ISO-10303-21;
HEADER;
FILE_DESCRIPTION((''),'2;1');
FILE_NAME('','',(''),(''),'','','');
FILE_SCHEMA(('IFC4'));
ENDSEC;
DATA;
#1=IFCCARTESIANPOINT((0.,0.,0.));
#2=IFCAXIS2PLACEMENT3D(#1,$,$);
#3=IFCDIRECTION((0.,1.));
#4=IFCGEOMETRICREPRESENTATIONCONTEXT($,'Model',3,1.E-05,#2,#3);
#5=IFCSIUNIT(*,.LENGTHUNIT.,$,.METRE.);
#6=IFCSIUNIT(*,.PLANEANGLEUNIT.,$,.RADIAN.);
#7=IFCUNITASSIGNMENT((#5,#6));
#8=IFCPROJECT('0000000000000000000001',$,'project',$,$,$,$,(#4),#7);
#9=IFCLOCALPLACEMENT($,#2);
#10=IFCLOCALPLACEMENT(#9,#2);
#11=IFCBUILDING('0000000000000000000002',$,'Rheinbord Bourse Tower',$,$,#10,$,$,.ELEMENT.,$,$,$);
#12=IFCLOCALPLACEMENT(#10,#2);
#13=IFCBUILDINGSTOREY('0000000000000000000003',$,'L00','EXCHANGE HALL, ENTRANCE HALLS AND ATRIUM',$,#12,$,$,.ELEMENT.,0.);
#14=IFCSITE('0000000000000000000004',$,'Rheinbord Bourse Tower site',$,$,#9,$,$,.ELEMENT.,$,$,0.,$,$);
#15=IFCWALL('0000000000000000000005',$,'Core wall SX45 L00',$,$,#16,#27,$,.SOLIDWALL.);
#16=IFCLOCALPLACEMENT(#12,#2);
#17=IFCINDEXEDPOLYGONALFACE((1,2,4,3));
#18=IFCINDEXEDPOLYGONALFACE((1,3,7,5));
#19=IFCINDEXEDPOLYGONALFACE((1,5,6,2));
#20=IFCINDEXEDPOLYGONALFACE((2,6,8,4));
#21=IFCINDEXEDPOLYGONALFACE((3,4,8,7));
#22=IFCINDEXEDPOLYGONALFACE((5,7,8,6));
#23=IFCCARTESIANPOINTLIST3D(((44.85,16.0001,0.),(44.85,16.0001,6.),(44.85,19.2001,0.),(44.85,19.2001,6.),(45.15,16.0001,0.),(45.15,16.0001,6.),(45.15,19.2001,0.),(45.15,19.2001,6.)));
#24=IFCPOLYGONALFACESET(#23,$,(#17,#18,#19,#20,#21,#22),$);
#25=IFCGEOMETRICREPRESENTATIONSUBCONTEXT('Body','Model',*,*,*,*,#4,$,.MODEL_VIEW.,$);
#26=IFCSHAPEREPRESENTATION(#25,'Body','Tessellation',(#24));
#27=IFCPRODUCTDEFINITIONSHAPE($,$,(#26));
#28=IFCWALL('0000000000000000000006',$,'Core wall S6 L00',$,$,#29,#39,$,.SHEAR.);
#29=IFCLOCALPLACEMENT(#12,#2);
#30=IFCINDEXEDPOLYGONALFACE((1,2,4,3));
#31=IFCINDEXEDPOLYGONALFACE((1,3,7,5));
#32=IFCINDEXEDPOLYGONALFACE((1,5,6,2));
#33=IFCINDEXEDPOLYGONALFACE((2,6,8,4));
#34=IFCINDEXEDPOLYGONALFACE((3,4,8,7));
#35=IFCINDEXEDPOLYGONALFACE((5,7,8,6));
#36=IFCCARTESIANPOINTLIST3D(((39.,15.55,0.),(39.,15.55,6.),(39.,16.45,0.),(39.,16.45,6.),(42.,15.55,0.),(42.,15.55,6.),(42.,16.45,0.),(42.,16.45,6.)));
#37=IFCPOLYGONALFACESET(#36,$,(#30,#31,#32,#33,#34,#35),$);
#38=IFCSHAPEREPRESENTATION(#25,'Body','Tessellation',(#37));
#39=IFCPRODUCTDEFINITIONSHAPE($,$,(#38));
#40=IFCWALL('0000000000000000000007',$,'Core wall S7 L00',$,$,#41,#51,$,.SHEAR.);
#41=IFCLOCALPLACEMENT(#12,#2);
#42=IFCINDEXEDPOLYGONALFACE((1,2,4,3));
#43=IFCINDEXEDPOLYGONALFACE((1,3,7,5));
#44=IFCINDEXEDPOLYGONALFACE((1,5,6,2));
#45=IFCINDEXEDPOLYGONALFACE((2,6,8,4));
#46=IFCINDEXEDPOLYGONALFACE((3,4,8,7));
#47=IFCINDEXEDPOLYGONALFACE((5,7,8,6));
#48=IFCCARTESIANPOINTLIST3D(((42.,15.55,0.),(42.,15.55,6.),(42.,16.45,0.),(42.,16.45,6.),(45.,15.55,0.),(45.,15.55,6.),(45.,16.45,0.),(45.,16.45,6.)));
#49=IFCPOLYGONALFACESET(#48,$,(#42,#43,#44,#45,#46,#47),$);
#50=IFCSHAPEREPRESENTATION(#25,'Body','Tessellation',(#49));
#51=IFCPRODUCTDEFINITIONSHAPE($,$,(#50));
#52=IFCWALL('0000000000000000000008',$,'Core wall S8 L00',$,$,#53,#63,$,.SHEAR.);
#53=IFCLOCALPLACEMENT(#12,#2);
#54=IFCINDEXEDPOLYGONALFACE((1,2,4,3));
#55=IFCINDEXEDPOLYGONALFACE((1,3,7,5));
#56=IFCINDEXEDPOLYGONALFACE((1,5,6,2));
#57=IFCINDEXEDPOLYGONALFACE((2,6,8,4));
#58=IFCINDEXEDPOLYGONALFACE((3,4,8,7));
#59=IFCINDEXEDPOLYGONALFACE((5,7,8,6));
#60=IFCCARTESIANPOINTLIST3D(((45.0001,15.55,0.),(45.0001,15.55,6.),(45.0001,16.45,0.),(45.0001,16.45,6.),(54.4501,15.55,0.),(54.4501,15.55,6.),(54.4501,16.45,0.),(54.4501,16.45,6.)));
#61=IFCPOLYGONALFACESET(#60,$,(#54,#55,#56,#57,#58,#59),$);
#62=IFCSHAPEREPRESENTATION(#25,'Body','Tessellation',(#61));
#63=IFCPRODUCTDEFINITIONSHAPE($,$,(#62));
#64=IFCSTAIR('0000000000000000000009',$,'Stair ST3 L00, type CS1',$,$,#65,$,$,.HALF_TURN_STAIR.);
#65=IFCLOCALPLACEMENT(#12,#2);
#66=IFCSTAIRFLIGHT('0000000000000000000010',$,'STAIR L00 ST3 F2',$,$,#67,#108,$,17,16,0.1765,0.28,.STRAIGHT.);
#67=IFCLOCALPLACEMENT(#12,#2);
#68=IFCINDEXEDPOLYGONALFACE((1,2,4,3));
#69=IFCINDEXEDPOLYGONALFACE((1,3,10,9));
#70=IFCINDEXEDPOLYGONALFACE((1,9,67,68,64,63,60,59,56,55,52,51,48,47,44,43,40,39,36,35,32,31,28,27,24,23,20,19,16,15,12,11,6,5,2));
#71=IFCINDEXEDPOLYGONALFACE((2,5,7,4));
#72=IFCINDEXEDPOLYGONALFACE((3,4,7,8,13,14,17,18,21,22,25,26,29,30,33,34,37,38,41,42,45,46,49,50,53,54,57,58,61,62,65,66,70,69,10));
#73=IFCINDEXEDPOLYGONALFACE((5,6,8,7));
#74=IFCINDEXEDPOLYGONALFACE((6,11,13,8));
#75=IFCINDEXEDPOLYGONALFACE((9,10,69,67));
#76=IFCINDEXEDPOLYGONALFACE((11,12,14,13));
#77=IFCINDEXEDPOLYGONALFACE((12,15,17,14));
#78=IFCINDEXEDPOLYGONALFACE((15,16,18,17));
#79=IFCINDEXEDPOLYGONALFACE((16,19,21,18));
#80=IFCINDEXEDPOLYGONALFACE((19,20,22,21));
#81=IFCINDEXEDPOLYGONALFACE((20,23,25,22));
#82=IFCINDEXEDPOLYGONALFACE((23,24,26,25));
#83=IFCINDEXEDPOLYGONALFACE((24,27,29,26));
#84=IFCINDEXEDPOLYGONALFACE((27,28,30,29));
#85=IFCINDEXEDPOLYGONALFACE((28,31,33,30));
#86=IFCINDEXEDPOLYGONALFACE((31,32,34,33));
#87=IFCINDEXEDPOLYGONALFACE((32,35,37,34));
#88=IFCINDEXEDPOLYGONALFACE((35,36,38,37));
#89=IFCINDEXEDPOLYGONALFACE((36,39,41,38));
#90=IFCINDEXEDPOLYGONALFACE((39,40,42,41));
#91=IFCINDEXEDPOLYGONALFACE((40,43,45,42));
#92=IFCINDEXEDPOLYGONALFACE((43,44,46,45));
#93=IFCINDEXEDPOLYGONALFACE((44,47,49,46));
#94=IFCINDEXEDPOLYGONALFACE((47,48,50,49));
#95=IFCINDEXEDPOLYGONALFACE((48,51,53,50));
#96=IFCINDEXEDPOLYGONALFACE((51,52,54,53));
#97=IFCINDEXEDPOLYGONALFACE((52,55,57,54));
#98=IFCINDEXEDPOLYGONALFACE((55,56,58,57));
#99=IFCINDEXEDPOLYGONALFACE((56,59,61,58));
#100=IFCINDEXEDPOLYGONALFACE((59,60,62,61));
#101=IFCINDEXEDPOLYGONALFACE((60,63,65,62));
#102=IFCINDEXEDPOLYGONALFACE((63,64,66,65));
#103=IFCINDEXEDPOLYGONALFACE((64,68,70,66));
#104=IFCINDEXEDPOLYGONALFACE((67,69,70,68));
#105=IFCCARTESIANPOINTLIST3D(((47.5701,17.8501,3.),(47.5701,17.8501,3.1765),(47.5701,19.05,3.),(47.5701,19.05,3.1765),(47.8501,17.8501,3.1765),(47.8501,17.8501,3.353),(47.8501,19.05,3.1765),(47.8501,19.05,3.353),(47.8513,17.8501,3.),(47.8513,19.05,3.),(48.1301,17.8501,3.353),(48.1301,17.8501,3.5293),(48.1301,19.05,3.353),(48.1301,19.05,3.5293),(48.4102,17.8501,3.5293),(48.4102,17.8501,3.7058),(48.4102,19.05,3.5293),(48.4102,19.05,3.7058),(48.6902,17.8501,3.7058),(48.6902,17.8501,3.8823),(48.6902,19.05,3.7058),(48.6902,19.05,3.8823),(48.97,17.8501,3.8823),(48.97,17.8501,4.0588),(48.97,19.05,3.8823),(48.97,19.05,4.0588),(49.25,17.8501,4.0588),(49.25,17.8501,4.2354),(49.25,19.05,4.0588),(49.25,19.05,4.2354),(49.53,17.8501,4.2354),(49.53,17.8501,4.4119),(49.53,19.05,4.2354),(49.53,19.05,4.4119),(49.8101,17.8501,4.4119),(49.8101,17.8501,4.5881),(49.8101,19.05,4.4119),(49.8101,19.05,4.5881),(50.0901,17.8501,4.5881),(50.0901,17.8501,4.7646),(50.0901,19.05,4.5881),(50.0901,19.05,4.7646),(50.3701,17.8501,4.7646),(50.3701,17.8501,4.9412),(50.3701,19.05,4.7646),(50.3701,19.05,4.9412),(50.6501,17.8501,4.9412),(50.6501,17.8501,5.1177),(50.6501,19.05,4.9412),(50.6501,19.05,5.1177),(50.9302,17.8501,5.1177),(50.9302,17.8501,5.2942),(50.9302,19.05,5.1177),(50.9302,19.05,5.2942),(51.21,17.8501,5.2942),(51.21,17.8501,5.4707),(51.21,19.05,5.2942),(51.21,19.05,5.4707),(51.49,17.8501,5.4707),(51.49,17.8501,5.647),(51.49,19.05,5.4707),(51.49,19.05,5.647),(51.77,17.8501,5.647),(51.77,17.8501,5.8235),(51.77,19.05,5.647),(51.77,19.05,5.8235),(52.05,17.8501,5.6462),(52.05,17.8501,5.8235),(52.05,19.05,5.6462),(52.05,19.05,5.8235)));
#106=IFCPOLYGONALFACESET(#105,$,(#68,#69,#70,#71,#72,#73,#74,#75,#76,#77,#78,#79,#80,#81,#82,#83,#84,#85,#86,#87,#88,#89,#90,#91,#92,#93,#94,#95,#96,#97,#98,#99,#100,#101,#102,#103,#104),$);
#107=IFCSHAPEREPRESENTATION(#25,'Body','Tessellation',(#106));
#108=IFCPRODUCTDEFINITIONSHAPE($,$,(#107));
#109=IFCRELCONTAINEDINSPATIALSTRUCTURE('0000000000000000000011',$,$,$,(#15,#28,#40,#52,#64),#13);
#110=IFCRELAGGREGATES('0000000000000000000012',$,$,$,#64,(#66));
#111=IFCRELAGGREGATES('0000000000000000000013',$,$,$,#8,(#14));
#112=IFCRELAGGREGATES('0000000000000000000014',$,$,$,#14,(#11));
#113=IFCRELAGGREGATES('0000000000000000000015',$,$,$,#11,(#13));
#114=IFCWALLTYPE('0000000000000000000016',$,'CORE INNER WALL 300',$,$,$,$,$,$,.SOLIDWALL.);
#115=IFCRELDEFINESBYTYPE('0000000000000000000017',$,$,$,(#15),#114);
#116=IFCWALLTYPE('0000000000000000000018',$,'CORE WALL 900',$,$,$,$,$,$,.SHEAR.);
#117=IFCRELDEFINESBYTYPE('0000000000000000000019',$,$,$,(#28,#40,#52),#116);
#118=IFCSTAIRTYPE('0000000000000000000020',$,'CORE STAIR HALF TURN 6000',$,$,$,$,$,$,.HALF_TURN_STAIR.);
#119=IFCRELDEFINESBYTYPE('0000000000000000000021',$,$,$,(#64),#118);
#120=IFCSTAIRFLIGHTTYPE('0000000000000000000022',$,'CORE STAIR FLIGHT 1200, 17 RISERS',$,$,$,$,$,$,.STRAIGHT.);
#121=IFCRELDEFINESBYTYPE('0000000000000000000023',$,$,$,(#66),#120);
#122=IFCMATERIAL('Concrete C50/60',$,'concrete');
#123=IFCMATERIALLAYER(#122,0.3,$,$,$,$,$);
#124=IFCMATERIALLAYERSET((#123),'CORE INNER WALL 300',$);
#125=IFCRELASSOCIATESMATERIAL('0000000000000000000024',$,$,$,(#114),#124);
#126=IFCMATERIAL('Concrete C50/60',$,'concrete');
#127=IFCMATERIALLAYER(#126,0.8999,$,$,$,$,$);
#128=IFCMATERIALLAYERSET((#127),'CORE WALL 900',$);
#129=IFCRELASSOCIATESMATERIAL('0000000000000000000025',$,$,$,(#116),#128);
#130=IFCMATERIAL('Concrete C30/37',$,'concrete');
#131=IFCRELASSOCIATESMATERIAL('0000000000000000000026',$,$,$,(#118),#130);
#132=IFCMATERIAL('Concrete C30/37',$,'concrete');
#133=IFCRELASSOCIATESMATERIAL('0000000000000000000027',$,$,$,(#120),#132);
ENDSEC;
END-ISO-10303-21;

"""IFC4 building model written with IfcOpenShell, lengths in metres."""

from ifc_helpers import new_model, si_unit, direction, frame, frame_2d, origin, place, context, subcontext, project, spatial, polyline, rectangle, outline, extrude, material, layer, layer_set, type_object, element, aggregate, save


model = new_model("IFC4")

# Units and contexts
model_context = context("Model", 3, precision=1e-05, world=origin(), true_north=direction((0.0, 1.0)))
body_context = subcontext(model_context, "Body", "Model", "MODEL_VIEW")
ifc_project = project(units=[si_unit("LENGTHUNIT", "METRE"), si_unit("PLANEANGLEUNIT", "RADIAN")], contexts=[model_context])

# Site, building, storey
site_placement = place(None, origin())
site = spatial("IfcSite", under=ifc_project, at=site_placement, Name="Rheinbord Bourse Tower site", CompositionType="ELEMENT", RefElevation=0.0)
building_placement = place(site_placement, origin())
building = spatial("IfcBuilding", under=site, at=building_placement, Name="Rheinbord Bourse Tower", CompositionType="ELEMENT")
storey_placement = place(building_placement, origin())
storey = spatial("IfcBuildingStorey", under=building, at=storey_placement, Name="L00", Description="EXCHANGE HALL, ENTRANCE HALLS AND ATRIUM", CompositionType="ELEMENT", Elevation=0.0)

# Shared definitions
ifc_material_1 = material(Name="Concrete C50/60", Category="concrete")
ifc_layer_1 = layer(ifc_material_1, 0.3)
ifc_layer_set_1 = layer_set([ifc_layer_1], Name="CORE INNER WALL 300")
wall_type_1 = type_object("IfcWallType", Name="CORE INNER WALL 300", PredefinedType="SOLIDWALL", material=ifc_layer_set_1)

# Walls
for number, where, z_axis, x_axis, name in (
    (1, (45.0, 16.0, 0.0), (0.0, 0.0, 1.0), (0.0, 1.0, 0.0), "Core wall SX45 L00"),
):
    element("IfcWall", number, at=place(storey_placement, frame(where, z_axis=z_axis, x_axis=x_axis)), inside=storey, type_object=wall_type_1, Name=name, PredefinedType="SOLIDWALL", context=body_context, shape_type="SweptSolid", body=[
        extrude(rectangle(XDim=3.2, YDim=0.3, at=frame_2d((1.6001, 0.0))), origin(), (0.0, 0.0, 1.0), 6.0),
    ])
ifc_material_2 = material(Name="Concrete C50/60", Category="concrete")
ifc_layer_2 = layer(ifc_material_2, 0.8999)
ifc_layer_set_2 = layer_set([ifc_layer_2], Name="CORE WALL 900")
wall_type_2 = type_object("IfcWallType", Name="CORE WALL 900", PredefinedType="SHEAR", material=ifc_layer_set_2)
for number, where, z_axis, x_axis, name in (
    (2, (39.0, 16.0, 0.0), (0.0, 0.0, 1.0), (1.0, 0.0, 0.0), "Core wall S6 L00"),
    (3, (42.0, 16.0, 0.0), (0.0, 0.0, 1.0), (1.0, 0.0, 0.0), "Core wall S7 L00"),
):
    element("IfcWall", number, at=place(storey_placement, frame(where, z_axis=z_axis, x_axis=x_axis)), inside=storey, type_object=wall_type_2, Name=name, PredefinedType="SHEAR", context=body_context, shape_type="SweptSolid", body=[
        extrude(rectangle(XDim=3.0, YDim=0.8999, at=frame_2d((1.5, 0.0))), origin(), (0.0, 0.0, 1.0), 6.0),
    ])
wall_1_placement = place(storey_placement, frame((45.0, 16.0, 0.0), z_axis=(0.0, 0.0, 1.0), x_axis=(1.0, 0.0, 0.0)))
element("IfcWall", 4, at=wall_1_placement, inside=storey, type_object=wall_type_2, Name="Core wall S8 L00", PredefinedType="SHEAR", context=body_context, shape_type="SweptSolid", body=[
    extrude(rectangle(XDim=9.45, YDim=0.8999, at=frame_2d((4.7251, 0.0))), origin(), (0.0, 0.0, 1.0), 6.0),
])

# Stair, stair flight
ifc_material_3 = material(Name="Concrete C30/37", Category="concrete")
stair_type = type_object("IfcStairType", Name="CORE STAIR HALF TURN 6000", PredefinedType="HALF_TURN_STAIR", material=ifc_material_3)
stair_placement = place(storey_placement, origin())
stair = element("IfcStair", 5, at=stair_placement, inside=storey, type_object=stair_type, Name="Stair ST3 L00, type CS1", PredefinedType="HALF_TURN_STAIR")
ifc_material_4 = material(Name="Concrete C30/37", Category="concrete")
stair_flight_type = type_object("IfcStairFlightType", Name="CORE STAIR FLIGHT 1200, 17 RISERS", PredefinedType="STRAIGHT", material=ifc_material_4)
stair_flight_placement = place(storey_placement, frame((47.5701, 18.45, 3.0), z_axis=(0.0, 0.0, 1.0), x_axis=(1.0, 0.0, 0.0)))
stair_flight = element("IfcStairFlight", 6, at=stair_flight_placement, type_object=stair_flight_type, Name="STAIR L00 ST3 F2", NumberOfRisers=17, NumberOfTreads=16, PredefinedType="STRAIGHT", RiserHeight=0.1765, TreadLength=0.28, context=body_context, shape_type="SweptSolid", body=[
    extrude(outline(polyline([(0.0, 0.0), (0.0, 0.1765), (0.28, 0.1765), (0.28, 0.353), (0.5601, 0.353), (0.5601, 0.5293), (0.8401, 0.5293), (0.8401, 0.7058), (1.1201, 0.7058), (1.1201, 0.8823), (1.3999, 0.8823), (1.3999, 1.0588), (1.6799, 1.0588), (1.6799, 1.2354), (1.96, 1.2354), (1.96, 1.4119), (2.24, 1.4119), (2.24, 1.5881), (2.52, 1.5881), (2.52, 1.7646), (2.8, 1.7646), (2.8, 1.9412), (3.0801, 1.9412), (3.0801, 2.1177), (3.3601, 2.1177), (3.3601, 2.2942), (3.6399, 2.2942), (3.6399, 2.4707), (3.9199, 2.4707), (3.9199, 2.647), (4.2, 2.647), (4.2, 2.8235), (4.48, 2.8235), (4.48, 3.0), (4.48, 2.6462), (0.2812, 0.0), (0.0, 0.0)])), frame((0.0, 0.6001, 0.0), z_axis=(0.0, -1.0, 0.0), x_axis=(1.0, 0.0, 0.0)), (0.0, 0.0, 1.0), 1.2),
])
aggregate(stair, [stair_flight])

save(model, "model.ifc")
